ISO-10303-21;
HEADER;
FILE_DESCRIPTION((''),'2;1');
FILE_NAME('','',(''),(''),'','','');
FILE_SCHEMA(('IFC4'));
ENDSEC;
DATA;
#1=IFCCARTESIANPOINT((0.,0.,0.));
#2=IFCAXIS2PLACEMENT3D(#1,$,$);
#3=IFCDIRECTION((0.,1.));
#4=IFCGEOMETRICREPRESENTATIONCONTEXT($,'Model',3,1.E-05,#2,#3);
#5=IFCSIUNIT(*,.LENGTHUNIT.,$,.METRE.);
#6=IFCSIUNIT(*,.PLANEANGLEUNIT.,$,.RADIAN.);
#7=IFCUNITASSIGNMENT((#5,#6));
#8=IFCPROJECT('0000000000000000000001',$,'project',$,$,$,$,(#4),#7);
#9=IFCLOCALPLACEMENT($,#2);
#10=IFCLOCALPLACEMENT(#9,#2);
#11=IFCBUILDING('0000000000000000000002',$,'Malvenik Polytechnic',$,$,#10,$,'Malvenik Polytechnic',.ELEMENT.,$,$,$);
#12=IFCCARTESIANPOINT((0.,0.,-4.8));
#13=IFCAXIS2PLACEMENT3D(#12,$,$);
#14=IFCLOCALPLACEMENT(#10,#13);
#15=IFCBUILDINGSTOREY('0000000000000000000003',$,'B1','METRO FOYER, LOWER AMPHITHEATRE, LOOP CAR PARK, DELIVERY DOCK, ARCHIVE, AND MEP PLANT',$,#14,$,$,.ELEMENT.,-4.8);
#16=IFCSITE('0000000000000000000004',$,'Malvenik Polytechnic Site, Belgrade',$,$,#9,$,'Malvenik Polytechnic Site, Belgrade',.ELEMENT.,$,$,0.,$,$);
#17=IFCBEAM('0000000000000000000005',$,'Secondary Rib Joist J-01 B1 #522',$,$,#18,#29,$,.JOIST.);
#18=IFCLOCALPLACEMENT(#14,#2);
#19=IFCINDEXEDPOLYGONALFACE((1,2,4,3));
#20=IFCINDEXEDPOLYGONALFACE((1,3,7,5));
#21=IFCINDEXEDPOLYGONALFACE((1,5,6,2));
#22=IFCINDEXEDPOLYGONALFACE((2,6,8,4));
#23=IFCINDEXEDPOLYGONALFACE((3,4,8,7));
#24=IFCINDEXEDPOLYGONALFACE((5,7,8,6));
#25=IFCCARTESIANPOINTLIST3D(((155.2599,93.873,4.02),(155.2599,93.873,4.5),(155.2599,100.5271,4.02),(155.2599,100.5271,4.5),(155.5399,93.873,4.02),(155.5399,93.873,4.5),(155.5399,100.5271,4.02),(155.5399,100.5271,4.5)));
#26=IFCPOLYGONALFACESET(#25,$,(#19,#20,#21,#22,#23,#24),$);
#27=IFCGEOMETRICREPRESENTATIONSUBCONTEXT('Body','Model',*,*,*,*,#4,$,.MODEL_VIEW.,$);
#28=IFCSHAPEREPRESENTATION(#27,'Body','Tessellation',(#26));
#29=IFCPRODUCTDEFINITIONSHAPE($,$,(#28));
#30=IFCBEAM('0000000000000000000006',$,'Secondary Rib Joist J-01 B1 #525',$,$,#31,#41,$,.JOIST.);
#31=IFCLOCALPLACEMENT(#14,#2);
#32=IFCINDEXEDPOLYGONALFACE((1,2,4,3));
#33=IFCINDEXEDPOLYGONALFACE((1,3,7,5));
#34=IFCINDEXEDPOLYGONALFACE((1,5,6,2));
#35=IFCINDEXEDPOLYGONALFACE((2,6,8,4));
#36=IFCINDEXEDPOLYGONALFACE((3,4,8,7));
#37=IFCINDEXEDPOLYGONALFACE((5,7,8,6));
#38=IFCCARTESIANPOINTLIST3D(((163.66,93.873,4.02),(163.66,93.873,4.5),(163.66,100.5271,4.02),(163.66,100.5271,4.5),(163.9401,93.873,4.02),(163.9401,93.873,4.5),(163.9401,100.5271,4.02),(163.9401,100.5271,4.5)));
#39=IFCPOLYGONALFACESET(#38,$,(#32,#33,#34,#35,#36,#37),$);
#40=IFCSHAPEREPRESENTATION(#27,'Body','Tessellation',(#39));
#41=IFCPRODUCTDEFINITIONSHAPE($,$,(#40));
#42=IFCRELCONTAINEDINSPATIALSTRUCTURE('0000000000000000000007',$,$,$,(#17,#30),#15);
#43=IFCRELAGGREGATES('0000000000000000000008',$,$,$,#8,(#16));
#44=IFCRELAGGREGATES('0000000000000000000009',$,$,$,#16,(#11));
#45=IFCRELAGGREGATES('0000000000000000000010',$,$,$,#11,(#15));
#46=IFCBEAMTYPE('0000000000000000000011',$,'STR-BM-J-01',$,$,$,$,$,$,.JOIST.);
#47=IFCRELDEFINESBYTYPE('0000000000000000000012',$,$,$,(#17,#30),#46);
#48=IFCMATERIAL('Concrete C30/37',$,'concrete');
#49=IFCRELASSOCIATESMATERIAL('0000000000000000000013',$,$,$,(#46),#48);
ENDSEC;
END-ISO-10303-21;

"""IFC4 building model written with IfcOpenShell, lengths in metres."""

from ifc_helpers import new_model, si_unit, direction, frame, origin, origin_2d, place, context, subcontext, project, spatial, rectangle, extrude, material, material_profile, profile_set, type_object, element, save


model = new_model("IFC4")

# Units and contexts
model_context = context("Model", 3, precision=1e-05, world=origin(), true_north=direction((0.0, 1.0)))
body_context = subcontext(model_context, "Body", "Model", "MODEL_VIEW")
ifc_project = project(units=[si_unit("LENGTHUNIT", "METRE"), si_unit("PLANEANGLEUNIT", "RADIAN")], contexts=[model_context])

# Site, building, storey
site_placement = place(None, origin())
site = spatial("IfcSite", under=ifc_project, at=site_placement, Name="Malvenik Polytechnic Site, Belgrade", LongName="Malvenik Polytechnic Site, Belgrade", CompositionType="ELEMENT", RefElevation=0.0)
building_placement = place(site_placement, origin())
building = spatial("IfcBuilding", under=site, at=building_placement, Name="Malvenik Polytechnic", LongName="Malvenik Polytechnic", CompositionType="ELEMENT")
storey_placement = place(building_placement, frame((0.0, 0.0, -4.8)))
storey = spatial("IfcBuildingStorey", under=building, at=storey_placement, Name="B1", Description="METRO FOYER, LOWER AMPHITHEATRE, LOOP CAR PARK, DELIVERY DOCK, ARCHIVE, AND MEP PLANT", CompositionType="ELEMENT", Elevation=-4.8)

# Beams
ifc_material_1 = material(Name="Concrete C30/37", Category="concrete")
ifc_material_profile_1 = material_profile(ifc_material_1, rectangle(XDim=0.28, YDim=0.48, at=origin_2d()), Name="RC JST 280x480")
ifc_profile_set_1 = profile_set([ifc_material_profile_1], Name="Concrete C30/37")
beam_type_1 = type_object("IfcBeamType", Name="STR-BM-J-01", PredefinedType="JOIST", material=ifc_profile_set_1)
for number, where, z_axis, x_axis, name in (
    (1, (155.3999, 93.873, 4.26), (0.0, 1.0, 0.0), (-1.0, 0.0, 0.0), "Secondary Rib Joist J-01 B1 #522"),
    (2, (163.8, 93.873, 4.26), (0.0, 1.0, 0.0), (-1.0, 0.0, 0.0), "Secondary Rib Joist J-01 B1 #525"),
):
    element("IfcBeam", number, at=place(storey_placement, frame(where, z_axis=z_axis, x_axis=x_axis)), inside=storey, type_object=beam_type_1, Name=name, PredefinedType="JOIST", context=body_context, shape_type="SweptSolid", body=[
        extrude(rectangle(XDim=0.28, YDim=0.48, at=origin_2d()), origin(), (0.0, 0.0, 1.0), 6.6541),
    ])

save(model, "model.ifc")
